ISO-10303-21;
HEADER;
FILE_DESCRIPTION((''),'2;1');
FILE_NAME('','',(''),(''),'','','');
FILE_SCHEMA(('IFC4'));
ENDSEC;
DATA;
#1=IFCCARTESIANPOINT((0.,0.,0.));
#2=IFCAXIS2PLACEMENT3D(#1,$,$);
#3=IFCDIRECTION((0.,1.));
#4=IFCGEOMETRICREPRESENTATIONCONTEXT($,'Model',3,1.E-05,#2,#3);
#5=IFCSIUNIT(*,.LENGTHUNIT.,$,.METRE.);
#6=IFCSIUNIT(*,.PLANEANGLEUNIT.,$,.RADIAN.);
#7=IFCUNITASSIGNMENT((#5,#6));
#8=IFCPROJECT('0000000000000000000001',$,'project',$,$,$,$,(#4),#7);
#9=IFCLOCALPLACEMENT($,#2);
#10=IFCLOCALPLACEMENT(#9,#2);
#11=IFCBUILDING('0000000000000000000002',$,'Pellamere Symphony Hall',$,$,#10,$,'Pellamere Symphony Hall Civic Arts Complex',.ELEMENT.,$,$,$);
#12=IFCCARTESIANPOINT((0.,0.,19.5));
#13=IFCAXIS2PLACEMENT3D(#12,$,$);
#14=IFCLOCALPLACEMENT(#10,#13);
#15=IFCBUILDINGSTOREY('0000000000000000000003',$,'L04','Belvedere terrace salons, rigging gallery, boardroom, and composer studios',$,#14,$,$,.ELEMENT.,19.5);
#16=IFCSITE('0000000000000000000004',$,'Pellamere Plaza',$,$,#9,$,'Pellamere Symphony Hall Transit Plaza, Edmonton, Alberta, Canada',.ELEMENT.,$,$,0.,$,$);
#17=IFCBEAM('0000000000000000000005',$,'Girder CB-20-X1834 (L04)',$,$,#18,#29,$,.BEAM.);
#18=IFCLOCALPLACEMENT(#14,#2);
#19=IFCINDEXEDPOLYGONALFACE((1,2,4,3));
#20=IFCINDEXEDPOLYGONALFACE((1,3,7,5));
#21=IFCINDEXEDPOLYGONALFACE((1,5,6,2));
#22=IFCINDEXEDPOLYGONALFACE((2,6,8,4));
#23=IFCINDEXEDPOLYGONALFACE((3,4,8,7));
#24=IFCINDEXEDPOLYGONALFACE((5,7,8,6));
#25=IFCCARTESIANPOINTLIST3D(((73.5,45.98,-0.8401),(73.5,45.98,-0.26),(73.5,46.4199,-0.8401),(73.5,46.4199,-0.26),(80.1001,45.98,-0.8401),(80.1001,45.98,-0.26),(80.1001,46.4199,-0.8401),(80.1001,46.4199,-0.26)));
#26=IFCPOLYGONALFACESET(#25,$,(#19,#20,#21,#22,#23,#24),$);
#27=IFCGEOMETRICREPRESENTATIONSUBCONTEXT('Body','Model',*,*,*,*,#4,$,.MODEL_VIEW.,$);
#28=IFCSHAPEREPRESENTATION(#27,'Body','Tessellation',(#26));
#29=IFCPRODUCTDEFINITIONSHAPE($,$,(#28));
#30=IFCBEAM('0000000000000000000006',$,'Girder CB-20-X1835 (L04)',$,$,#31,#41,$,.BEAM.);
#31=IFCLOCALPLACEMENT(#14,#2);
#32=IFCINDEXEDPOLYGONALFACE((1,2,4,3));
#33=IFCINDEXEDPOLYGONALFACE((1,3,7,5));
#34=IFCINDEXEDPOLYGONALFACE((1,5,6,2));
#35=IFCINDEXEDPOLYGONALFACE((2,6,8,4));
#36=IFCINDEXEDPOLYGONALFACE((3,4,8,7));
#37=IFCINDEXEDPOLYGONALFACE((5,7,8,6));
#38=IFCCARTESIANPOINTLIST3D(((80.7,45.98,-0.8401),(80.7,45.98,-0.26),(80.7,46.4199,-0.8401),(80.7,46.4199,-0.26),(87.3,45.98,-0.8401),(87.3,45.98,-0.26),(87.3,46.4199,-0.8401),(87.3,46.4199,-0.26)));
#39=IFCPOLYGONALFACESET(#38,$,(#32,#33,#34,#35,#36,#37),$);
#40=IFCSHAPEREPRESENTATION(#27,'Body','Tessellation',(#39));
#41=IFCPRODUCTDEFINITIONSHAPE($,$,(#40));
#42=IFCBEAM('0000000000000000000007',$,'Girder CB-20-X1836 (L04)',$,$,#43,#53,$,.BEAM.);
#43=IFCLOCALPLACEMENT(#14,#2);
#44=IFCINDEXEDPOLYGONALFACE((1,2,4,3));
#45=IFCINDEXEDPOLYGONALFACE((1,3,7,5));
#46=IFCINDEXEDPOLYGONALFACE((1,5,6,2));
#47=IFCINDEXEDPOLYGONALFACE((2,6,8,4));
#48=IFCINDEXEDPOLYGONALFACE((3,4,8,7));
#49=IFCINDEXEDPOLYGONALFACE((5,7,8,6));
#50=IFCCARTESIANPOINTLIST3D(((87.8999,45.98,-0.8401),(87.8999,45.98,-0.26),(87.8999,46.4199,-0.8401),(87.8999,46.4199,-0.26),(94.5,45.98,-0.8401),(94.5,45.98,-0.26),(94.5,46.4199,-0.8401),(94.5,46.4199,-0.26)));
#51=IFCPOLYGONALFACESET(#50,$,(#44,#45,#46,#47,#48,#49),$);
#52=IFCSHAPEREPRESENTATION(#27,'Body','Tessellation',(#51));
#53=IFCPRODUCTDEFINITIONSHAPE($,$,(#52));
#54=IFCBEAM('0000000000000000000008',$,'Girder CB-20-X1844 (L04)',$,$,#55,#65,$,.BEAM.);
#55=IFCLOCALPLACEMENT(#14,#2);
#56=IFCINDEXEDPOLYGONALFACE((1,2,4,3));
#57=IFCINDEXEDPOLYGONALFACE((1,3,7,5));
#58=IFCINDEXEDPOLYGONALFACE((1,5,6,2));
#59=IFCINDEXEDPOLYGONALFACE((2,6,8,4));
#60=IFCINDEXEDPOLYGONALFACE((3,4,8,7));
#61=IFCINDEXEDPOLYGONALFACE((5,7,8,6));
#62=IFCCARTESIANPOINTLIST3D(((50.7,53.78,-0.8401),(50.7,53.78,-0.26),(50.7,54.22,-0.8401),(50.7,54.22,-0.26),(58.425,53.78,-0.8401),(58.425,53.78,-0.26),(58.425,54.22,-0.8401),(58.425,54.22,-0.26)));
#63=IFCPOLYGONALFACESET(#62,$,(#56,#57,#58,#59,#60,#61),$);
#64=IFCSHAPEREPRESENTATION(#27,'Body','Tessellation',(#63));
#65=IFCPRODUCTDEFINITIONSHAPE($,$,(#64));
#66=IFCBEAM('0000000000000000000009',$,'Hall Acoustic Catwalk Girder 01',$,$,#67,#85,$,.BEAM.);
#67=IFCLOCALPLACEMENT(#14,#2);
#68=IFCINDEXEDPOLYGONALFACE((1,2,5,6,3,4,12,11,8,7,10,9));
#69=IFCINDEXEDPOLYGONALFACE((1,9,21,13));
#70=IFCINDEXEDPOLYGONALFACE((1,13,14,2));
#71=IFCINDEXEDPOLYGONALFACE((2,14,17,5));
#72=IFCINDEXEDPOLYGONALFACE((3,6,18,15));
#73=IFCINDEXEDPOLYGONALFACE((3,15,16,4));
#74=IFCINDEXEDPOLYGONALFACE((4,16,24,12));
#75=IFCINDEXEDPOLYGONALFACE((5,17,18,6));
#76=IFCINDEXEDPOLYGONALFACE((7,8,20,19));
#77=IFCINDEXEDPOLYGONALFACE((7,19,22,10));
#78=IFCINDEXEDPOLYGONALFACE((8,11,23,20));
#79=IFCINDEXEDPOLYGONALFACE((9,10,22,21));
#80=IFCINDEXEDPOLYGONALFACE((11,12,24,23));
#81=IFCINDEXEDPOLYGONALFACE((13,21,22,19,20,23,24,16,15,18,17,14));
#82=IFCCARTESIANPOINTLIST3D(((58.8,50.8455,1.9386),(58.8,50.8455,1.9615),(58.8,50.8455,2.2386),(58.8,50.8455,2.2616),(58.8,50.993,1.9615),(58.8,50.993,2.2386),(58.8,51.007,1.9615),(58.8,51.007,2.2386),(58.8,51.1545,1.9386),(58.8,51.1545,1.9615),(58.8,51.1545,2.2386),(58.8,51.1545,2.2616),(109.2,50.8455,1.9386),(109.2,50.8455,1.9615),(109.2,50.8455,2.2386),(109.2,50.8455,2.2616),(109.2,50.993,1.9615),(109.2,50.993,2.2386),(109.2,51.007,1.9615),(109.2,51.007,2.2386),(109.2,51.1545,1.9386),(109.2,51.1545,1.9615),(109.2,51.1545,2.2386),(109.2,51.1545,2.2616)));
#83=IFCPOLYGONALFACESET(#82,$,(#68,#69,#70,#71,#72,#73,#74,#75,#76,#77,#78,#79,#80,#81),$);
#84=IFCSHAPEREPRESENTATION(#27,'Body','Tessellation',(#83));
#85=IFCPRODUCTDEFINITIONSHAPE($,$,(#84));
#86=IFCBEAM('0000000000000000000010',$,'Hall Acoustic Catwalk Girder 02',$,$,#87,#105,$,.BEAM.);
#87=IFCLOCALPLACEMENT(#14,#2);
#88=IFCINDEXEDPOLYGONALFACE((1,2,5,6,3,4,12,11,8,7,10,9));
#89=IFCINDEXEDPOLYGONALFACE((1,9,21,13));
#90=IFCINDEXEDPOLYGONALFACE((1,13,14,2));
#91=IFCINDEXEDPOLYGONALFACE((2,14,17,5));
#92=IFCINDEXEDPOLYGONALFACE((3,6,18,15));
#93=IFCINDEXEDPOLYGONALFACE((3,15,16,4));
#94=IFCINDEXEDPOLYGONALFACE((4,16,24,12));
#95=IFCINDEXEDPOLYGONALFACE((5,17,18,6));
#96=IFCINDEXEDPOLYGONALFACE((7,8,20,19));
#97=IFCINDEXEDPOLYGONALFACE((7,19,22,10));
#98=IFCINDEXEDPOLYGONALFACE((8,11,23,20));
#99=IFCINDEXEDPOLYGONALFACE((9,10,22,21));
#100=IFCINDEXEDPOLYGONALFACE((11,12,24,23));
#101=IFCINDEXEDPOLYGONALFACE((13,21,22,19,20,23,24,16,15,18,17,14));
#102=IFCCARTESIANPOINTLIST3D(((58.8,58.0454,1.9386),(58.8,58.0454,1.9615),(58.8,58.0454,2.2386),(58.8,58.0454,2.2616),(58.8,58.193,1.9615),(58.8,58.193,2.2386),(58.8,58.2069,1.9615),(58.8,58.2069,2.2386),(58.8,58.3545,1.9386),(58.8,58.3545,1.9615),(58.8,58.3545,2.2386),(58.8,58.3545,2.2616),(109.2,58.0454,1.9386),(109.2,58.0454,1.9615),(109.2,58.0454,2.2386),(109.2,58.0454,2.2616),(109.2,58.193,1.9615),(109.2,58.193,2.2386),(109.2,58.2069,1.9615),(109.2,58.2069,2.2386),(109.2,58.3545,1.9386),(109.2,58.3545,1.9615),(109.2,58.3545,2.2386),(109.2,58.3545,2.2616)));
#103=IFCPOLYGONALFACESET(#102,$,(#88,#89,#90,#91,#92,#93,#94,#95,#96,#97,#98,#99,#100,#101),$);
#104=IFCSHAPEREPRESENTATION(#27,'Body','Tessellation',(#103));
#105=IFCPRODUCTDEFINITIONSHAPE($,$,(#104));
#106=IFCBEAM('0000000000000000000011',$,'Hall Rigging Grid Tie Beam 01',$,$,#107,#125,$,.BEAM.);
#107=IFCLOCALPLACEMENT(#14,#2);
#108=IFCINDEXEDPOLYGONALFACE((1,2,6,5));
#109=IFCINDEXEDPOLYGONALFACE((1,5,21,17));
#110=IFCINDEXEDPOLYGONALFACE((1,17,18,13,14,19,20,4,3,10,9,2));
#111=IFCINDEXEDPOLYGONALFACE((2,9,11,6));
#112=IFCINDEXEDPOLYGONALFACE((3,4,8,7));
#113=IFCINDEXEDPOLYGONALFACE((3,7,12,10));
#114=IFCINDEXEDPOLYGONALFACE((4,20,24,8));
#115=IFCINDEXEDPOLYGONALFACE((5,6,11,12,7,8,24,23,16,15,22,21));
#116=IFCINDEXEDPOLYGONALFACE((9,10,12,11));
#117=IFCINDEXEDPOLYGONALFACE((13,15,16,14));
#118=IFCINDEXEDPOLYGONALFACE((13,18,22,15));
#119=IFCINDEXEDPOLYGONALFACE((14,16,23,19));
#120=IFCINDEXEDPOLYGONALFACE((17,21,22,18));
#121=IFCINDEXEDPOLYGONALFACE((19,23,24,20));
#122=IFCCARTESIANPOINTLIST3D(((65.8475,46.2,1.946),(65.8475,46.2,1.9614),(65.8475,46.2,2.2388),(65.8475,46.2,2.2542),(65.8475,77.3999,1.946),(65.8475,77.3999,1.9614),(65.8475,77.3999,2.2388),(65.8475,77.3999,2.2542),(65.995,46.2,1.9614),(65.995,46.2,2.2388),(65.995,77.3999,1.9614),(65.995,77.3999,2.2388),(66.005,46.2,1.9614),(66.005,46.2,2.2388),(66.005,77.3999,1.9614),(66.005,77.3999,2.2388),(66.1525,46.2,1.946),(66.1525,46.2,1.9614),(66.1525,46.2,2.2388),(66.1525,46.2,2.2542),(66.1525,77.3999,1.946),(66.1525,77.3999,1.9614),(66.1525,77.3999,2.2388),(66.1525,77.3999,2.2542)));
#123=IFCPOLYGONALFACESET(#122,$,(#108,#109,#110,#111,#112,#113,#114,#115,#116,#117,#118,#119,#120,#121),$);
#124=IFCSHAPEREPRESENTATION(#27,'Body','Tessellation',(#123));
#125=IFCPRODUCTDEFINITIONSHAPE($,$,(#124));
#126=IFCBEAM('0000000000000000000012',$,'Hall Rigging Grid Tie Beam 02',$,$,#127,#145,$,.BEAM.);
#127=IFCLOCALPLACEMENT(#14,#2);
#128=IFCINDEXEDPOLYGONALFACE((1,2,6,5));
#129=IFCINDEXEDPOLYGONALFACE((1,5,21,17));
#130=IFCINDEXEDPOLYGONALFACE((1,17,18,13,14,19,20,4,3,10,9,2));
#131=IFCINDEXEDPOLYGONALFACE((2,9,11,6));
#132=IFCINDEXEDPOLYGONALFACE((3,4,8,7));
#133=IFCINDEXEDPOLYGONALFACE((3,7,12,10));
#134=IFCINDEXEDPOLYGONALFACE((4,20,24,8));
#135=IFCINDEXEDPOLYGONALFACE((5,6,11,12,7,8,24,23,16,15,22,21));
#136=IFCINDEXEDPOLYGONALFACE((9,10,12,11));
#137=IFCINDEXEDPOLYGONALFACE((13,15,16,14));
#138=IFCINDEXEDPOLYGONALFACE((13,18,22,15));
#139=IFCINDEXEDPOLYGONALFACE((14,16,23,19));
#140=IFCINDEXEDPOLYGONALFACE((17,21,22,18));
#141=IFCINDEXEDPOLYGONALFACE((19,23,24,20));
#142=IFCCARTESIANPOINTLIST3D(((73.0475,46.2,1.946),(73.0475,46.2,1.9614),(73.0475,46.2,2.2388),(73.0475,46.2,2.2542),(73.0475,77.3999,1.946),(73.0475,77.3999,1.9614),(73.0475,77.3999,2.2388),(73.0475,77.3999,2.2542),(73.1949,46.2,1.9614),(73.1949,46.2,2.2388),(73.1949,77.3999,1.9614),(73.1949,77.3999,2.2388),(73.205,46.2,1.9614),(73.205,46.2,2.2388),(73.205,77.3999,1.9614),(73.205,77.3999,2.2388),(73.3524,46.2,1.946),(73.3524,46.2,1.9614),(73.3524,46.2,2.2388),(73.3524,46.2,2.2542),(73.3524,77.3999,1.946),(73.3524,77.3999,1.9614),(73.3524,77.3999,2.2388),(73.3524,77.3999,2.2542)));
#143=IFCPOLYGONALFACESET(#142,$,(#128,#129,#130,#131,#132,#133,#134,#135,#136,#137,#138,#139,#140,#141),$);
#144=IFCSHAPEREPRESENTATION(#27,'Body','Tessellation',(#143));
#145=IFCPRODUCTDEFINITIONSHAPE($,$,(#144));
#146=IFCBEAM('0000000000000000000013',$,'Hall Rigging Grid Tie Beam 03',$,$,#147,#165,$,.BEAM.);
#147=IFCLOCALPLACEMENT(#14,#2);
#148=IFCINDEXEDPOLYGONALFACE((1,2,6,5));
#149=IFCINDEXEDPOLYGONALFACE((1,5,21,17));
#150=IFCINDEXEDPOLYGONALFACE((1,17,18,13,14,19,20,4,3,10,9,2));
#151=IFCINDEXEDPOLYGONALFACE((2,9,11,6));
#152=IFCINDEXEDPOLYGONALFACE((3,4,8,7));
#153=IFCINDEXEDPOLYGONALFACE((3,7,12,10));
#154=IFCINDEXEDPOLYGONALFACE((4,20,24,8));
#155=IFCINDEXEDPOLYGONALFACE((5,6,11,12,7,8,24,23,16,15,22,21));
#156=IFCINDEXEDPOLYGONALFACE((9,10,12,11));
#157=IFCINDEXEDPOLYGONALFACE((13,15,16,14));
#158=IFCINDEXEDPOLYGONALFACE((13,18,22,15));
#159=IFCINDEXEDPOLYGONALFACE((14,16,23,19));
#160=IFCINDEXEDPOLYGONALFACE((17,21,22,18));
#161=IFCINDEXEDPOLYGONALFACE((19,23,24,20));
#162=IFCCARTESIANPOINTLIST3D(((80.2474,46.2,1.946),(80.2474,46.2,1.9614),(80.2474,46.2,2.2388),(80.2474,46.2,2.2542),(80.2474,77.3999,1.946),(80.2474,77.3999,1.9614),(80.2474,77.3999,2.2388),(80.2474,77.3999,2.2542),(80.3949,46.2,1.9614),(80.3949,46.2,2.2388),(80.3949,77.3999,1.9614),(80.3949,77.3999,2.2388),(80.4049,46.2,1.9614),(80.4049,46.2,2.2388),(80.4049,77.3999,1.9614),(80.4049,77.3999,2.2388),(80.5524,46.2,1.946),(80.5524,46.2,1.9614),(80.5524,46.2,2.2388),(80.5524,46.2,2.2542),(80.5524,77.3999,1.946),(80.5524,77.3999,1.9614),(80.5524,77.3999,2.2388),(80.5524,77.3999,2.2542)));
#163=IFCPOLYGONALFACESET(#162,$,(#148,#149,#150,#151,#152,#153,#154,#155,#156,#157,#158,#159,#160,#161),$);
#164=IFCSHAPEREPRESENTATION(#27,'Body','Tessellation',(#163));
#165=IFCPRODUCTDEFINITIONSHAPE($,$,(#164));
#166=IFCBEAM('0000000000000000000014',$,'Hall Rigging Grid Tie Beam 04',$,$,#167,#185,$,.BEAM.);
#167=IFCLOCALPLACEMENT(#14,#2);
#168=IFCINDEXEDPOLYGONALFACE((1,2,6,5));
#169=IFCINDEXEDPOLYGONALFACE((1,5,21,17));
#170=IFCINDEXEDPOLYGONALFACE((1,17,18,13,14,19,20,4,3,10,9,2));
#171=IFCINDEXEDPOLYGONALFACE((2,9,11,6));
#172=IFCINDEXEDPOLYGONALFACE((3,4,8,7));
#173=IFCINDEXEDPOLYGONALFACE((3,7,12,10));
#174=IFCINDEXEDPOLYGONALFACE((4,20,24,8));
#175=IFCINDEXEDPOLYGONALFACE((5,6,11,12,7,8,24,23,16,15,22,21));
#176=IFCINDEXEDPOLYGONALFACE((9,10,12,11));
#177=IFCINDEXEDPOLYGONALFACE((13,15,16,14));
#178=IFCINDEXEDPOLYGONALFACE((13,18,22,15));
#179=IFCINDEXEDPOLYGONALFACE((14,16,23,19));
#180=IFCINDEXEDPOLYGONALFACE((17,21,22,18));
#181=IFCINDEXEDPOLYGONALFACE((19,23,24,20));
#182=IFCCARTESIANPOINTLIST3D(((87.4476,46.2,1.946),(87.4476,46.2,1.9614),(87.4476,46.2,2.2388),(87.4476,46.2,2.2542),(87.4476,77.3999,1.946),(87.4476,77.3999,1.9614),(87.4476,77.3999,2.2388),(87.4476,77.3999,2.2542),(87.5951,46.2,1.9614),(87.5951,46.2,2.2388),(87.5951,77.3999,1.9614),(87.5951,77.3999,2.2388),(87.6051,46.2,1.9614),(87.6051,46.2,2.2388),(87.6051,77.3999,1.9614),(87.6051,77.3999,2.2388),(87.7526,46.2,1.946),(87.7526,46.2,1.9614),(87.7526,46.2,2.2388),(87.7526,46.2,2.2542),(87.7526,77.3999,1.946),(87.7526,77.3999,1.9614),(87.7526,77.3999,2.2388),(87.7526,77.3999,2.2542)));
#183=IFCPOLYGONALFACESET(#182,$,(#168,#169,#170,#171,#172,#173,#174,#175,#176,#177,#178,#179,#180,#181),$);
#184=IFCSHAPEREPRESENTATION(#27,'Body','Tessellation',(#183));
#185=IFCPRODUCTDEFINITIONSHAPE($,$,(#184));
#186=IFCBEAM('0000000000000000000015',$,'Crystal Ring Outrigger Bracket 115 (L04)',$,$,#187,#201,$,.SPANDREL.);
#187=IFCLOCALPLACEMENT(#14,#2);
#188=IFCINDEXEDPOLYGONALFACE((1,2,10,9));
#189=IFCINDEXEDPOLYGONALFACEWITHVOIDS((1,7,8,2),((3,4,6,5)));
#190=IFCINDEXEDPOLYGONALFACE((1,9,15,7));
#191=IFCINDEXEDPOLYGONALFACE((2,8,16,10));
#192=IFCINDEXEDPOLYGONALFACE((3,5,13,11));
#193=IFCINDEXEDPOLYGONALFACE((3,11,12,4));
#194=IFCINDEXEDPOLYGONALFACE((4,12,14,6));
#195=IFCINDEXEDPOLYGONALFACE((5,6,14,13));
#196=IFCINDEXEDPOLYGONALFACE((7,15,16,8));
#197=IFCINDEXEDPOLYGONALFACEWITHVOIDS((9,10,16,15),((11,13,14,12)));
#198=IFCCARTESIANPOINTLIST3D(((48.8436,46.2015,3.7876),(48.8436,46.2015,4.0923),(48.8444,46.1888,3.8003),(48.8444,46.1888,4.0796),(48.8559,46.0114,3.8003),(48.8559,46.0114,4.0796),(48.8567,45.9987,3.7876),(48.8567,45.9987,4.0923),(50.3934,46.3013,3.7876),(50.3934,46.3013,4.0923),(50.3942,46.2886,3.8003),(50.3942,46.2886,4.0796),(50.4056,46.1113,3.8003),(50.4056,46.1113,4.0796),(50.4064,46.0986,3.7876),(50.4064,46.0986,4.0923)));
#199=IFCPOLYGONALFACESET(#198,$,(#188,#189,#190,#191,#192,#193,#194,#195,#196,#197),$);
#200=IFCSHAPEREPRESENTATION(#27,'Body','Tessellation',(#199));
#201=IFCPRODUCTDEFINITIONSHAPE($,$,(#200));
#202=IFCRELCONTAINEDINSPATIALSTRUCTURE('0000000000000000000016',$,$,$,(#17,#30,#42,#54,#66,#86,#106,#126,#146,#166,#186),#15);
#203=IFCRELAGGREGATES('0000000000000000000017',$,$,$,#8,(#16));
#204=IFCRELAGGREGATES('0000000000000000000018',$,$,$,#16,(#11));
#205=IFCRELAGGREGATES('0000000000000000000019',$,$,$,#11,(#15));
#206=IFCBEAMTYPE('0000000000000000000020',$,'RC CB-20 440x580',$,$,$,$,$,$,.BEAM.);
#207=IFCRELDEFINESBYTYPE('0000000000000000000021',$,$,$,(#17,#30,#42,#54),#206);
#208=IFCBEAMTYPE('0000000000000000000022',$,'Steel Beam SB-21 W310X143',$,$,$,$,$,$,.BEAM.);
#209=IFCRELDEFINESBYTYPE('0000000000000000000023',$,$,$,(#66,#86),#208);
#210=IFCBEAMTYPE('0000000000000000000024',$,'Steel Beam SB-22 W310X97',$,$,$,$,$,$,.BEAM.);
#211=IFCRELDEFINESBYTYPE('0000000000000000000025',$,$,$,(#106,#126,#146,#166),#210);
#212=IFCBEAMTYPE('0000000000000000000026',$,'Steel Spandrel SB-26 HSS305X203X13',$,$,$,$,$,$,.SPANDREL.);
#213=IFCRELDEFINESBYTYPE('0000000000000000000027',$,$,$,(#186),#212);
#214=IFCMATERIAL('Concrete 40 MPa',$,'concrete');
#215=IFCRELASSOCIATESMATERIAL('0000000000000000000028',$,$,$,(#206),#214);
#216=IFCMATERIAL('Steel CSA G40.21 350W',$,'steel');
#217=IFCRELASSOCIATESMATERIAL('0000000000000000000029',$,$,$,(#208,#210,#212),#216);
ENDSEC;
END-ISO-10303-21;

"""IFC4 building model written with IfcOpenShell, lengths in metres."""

from ifc_helpers import new_model, si_unit, direction, frame, origin, origin_2d, place, context, subcontext, project, spatial, rectangle, hollow_rectangle, i_section, extrude, material, material_profile, profile_set, type_object, element, save


model = new_model("IFC4")

# Units and contexts
model_context = context("Model", 3, precision=1e-05, world=origin(), true_north=direction((0.0, 1.0)))
body_context = subcontext(model_context, "Body", "Model", "MODEL_VIEW")
ifc_project = project(units=[si_unit("LENGTHUNIT", "METRE"), si_unit("PLANEANGLEUNIT", "RADIAN")], contexts=[model_context])

# Site, building, storey
site_placement = place(None, origin())
site = spatial("IfcSite", under=ifc_project, at=site_placement, Name="Pellamere Plaza", LongName="Pellamere Symphony Hall Transit Plaza, Edmonton, Alberta, Canada", CompositionType="ELEMENT", RefElevation=0.0)
building_placement = place(site_placement, origin())
building = spatial("IfcBuilding", under=site, at=building_placement, Name="Pellamere Symphony Hall", LongName="Pellamere Symphony Hall Civic Arts Complex", CompositionType="ELEMENT")
storey_placement = place(building_placement, frame((0.0, 0.0, 19.5)))
storey = spatial("IfcBuildingStorey", under=building, at=storey_placement, Name="L04", Description="Belvedere terrace salons, rigging gallery, boardroom, and composer studios", CompositionType="ELEMENT", Elevation=19.5)

# Shared definitions
ifc_material_1 = material(Name="Concrete 40 MPa", Category="concrete")

# Beams
ifc_material_profile_1 = material_profile(ifc_material_1, rectangle(XDim=0.4399, YDim=0.5801, at=origin_2d()), Name="RC 440x580")
ifc_profile_set_1 = profile_set([ifc_material_profile_1], Name="Concrete 40 MPa")
beam_type_1 = type_object("IfcBeamType", Name="RC CB-20 440x580", PredefinedType="BEAM", material=ifc_profile_set_1)
for number, where, z_axis, x_axis, name in (
    (1, (73.5, 46.2, -0.55), (1.0, 0.0, 0.0), (0.0, 1.0, 0.0), "Girder CB-20-X1834 (L04)"),
    (2, (80.7, 46.2, -0.55), (1.0, 0.0, 0.0), (0.0, 1.0, 0.0), "Girder CB-20-X1835 (L04)"),
    (3, (87.8999, 46.2, -0.55), (1.0, 0.0, 0.0), (0.0, 1.0, 0.0), "Girder CB-20-X1836 (L04)"),
):
    element("IfcBeam", number, at=place(storey_placement, frame(where, z_axis=z_axis, x_axis=x_axis)), inside=storey, type_object=beam_type_1, Name=name, PredefinedType="BEAM", context=body_context, shape_type="SweptSolid", body=[
        extrude(rectangle(XDim=0.4399, YDim=0.5801, at=origin_2d()), origin(), (0.0, 0.0, 1.0), 6.6001),
    ])
beam_1_placement = place(storey_placement, frame((50.7, 54.0, -0.55), z_axis=(1.0, 0.0, 0.0), x_axis=(0.0, 1.0, 0.0)))
element("IfcBeam", 4, at=beam_1_placement, inside=storey, type_object=beam_type_1, Name="Girder CB-20-X1844 (L04)", PredefinedType="BEAM", context=body_context, shape_type="SweptSolid", body=[
    extrude(rectangle(XDim=0.4399, YDim=0.5801, at=origin_2d()), origin(), (0.0, 0.0, 1.0), 7.7251),
])
ifc_material_2 = material(Name="Steel CSA G40.21 350W", Category="steel")
ifc_material_profile_2 = material_profile(ifc_material_2, i_section(OverallWidth=0.3091, OverallDepth=0.323, WebThickness=0.0139, FlangeThickness=0.0229, at=origin_2d()), Name="W310X143")
ifc_profile_set_2 = profile_set([ifc_material_profile_2], Name="Steel CSA G40.21 350W")
beam_type_2 = type_object("IfcBeamType", Name="Steel Beam SB-21 W310X143", PredefinedType="BEAM", material=ifc_profile_set_2)
for number, where, z_axis, x_axis, name in (
    (5, (58.8, 51.0, 2.1001), (1.0, 0.0, 0.0), (0.0, 1.0, 0.0), "Hall Acoustic Catwalk Girder 01"),
    (6, (58.8, 58.2, 2.1001), (1.0, 0.0, 0.0), (0.0, 1.0, 0.0), "Hall Acoustic Catwalk Girder 02"),
):
    element("IfcBeam", number, at=place(storey_placement, frame(where, z_axis=z_axis, x_axis=x_axis)), inside=storey, type_object=beam_type_2, Name=name, PredefinedType="BEAM", context=body_context, shape_type="SweptSolid", body=[
        extrude(i_section(OverallWidth=0.3091, OverallDepth=0.323, WebThickness=0.0139, FlangeThickness=0.0229, at=origin_2d()), origin(), (0.0, 0.0, 1.0), 50.3999),
    ])
ifc_material_profile_3 = material_profile(ifc_material_2, i_section(OverallWidth=0.3049, OverallDepth=0.3081, WebThickness=0.01, FlangeThickness=0.0154, at=origin_2d()), Name="W310X97")
ifc_profile_set_3 = profile_set([ifc_material_profile_3], Name="Steel CSA G40.21 350W")
beam_type_3 = type_object("IfcBeamType", Name="Steel Beam SB-22 W310X97", PredefinedType="BEAM", material=ifc_profile_set_3)
for number, where, z_axis, x_axis, name in (
    (7, (66.0, 46.2, 2.1001), (0.0, 1.0, 0.0), (-1.0, 0.0, 0.0), "Hall Rigging Grid Tie Beam 01"),
    (8, (73.2, 46.2, 2.1001), (0.0, 1.0, 0.0), (-1.0, 0.0, 0.0), "Hall Rigging Grid Tie Beam 02"),
    (9, (80.3999, 46.2, 2.1001), (0.0, 1.0, 0.0), (-1.0, 0.0, 0.0), "Hall Rigging Grid Tie Beam 03"),
    (10, (87.6001, 46.2, 2.1001), (0.0, 1.0, 0.0), (-1.0, 0.0, 0.0), "Hall Rigging Grid Tie Beam 04"),
):
    element("IfcBeam", number, at=place(storey_placement, frame(where, z_axis=z_axis, x_axis=x_axis)), inside=storey, type_object=beam_type_3, Name=name, PredefinedType="BEAM", context=body_context, shape_type="SweptSolid", body=[
        extrude(i_section(OverallWidth=0.3049, OverallDepth=0.3081, WebThickness=0.01, FlangeThickness=0.0154, at=origin_2d()), origin(), (0.0, 0.0, 1.0), 31.2),
    ])
ifc_material_profile_4 = material_profile(ifc_material_2, hollow_rectangle(XDim=0.2031, YDim=0.3047, WallThickness=0.0127, at=origin_2d()), Name="HSS305X203X13")
ifc_profile_set_4 = profile_set([ifc_material_profile_4], Name="Steel CSA G40.21 350W")
beam_type_4 = type_object("IfcBeamType", Name="Steel Spandrel SB-26 HSS305X203X13", PredefinedType="SPANDREL", material=ifc_profile_set_4)
beam_2_placement = place(storey_placement, frame((50.3999, 46.2, 3.9399), z_axis=(-0.997931, -0.064296, 0.0), x_axis=(0.064296, -0.997931, 0.0)))
element("IfcBeam", 11, at=beam_2_placement, inside=storey, type_object=beam_type_4, Name="Crystal Ring Outrigger Bracket 115 (L04)", PredefinedType="SPANDREL", context=body_context, shape_type="SweptSolid", body=[
    extrude(hollow_rectangle(XDim=0.2031, YDim=0.3047, WallThickness=0.0127, at=origin_2d()), origin(), (0.0, 0.0, 1.0), 1.553),
])

save(model, "model.ifc")
